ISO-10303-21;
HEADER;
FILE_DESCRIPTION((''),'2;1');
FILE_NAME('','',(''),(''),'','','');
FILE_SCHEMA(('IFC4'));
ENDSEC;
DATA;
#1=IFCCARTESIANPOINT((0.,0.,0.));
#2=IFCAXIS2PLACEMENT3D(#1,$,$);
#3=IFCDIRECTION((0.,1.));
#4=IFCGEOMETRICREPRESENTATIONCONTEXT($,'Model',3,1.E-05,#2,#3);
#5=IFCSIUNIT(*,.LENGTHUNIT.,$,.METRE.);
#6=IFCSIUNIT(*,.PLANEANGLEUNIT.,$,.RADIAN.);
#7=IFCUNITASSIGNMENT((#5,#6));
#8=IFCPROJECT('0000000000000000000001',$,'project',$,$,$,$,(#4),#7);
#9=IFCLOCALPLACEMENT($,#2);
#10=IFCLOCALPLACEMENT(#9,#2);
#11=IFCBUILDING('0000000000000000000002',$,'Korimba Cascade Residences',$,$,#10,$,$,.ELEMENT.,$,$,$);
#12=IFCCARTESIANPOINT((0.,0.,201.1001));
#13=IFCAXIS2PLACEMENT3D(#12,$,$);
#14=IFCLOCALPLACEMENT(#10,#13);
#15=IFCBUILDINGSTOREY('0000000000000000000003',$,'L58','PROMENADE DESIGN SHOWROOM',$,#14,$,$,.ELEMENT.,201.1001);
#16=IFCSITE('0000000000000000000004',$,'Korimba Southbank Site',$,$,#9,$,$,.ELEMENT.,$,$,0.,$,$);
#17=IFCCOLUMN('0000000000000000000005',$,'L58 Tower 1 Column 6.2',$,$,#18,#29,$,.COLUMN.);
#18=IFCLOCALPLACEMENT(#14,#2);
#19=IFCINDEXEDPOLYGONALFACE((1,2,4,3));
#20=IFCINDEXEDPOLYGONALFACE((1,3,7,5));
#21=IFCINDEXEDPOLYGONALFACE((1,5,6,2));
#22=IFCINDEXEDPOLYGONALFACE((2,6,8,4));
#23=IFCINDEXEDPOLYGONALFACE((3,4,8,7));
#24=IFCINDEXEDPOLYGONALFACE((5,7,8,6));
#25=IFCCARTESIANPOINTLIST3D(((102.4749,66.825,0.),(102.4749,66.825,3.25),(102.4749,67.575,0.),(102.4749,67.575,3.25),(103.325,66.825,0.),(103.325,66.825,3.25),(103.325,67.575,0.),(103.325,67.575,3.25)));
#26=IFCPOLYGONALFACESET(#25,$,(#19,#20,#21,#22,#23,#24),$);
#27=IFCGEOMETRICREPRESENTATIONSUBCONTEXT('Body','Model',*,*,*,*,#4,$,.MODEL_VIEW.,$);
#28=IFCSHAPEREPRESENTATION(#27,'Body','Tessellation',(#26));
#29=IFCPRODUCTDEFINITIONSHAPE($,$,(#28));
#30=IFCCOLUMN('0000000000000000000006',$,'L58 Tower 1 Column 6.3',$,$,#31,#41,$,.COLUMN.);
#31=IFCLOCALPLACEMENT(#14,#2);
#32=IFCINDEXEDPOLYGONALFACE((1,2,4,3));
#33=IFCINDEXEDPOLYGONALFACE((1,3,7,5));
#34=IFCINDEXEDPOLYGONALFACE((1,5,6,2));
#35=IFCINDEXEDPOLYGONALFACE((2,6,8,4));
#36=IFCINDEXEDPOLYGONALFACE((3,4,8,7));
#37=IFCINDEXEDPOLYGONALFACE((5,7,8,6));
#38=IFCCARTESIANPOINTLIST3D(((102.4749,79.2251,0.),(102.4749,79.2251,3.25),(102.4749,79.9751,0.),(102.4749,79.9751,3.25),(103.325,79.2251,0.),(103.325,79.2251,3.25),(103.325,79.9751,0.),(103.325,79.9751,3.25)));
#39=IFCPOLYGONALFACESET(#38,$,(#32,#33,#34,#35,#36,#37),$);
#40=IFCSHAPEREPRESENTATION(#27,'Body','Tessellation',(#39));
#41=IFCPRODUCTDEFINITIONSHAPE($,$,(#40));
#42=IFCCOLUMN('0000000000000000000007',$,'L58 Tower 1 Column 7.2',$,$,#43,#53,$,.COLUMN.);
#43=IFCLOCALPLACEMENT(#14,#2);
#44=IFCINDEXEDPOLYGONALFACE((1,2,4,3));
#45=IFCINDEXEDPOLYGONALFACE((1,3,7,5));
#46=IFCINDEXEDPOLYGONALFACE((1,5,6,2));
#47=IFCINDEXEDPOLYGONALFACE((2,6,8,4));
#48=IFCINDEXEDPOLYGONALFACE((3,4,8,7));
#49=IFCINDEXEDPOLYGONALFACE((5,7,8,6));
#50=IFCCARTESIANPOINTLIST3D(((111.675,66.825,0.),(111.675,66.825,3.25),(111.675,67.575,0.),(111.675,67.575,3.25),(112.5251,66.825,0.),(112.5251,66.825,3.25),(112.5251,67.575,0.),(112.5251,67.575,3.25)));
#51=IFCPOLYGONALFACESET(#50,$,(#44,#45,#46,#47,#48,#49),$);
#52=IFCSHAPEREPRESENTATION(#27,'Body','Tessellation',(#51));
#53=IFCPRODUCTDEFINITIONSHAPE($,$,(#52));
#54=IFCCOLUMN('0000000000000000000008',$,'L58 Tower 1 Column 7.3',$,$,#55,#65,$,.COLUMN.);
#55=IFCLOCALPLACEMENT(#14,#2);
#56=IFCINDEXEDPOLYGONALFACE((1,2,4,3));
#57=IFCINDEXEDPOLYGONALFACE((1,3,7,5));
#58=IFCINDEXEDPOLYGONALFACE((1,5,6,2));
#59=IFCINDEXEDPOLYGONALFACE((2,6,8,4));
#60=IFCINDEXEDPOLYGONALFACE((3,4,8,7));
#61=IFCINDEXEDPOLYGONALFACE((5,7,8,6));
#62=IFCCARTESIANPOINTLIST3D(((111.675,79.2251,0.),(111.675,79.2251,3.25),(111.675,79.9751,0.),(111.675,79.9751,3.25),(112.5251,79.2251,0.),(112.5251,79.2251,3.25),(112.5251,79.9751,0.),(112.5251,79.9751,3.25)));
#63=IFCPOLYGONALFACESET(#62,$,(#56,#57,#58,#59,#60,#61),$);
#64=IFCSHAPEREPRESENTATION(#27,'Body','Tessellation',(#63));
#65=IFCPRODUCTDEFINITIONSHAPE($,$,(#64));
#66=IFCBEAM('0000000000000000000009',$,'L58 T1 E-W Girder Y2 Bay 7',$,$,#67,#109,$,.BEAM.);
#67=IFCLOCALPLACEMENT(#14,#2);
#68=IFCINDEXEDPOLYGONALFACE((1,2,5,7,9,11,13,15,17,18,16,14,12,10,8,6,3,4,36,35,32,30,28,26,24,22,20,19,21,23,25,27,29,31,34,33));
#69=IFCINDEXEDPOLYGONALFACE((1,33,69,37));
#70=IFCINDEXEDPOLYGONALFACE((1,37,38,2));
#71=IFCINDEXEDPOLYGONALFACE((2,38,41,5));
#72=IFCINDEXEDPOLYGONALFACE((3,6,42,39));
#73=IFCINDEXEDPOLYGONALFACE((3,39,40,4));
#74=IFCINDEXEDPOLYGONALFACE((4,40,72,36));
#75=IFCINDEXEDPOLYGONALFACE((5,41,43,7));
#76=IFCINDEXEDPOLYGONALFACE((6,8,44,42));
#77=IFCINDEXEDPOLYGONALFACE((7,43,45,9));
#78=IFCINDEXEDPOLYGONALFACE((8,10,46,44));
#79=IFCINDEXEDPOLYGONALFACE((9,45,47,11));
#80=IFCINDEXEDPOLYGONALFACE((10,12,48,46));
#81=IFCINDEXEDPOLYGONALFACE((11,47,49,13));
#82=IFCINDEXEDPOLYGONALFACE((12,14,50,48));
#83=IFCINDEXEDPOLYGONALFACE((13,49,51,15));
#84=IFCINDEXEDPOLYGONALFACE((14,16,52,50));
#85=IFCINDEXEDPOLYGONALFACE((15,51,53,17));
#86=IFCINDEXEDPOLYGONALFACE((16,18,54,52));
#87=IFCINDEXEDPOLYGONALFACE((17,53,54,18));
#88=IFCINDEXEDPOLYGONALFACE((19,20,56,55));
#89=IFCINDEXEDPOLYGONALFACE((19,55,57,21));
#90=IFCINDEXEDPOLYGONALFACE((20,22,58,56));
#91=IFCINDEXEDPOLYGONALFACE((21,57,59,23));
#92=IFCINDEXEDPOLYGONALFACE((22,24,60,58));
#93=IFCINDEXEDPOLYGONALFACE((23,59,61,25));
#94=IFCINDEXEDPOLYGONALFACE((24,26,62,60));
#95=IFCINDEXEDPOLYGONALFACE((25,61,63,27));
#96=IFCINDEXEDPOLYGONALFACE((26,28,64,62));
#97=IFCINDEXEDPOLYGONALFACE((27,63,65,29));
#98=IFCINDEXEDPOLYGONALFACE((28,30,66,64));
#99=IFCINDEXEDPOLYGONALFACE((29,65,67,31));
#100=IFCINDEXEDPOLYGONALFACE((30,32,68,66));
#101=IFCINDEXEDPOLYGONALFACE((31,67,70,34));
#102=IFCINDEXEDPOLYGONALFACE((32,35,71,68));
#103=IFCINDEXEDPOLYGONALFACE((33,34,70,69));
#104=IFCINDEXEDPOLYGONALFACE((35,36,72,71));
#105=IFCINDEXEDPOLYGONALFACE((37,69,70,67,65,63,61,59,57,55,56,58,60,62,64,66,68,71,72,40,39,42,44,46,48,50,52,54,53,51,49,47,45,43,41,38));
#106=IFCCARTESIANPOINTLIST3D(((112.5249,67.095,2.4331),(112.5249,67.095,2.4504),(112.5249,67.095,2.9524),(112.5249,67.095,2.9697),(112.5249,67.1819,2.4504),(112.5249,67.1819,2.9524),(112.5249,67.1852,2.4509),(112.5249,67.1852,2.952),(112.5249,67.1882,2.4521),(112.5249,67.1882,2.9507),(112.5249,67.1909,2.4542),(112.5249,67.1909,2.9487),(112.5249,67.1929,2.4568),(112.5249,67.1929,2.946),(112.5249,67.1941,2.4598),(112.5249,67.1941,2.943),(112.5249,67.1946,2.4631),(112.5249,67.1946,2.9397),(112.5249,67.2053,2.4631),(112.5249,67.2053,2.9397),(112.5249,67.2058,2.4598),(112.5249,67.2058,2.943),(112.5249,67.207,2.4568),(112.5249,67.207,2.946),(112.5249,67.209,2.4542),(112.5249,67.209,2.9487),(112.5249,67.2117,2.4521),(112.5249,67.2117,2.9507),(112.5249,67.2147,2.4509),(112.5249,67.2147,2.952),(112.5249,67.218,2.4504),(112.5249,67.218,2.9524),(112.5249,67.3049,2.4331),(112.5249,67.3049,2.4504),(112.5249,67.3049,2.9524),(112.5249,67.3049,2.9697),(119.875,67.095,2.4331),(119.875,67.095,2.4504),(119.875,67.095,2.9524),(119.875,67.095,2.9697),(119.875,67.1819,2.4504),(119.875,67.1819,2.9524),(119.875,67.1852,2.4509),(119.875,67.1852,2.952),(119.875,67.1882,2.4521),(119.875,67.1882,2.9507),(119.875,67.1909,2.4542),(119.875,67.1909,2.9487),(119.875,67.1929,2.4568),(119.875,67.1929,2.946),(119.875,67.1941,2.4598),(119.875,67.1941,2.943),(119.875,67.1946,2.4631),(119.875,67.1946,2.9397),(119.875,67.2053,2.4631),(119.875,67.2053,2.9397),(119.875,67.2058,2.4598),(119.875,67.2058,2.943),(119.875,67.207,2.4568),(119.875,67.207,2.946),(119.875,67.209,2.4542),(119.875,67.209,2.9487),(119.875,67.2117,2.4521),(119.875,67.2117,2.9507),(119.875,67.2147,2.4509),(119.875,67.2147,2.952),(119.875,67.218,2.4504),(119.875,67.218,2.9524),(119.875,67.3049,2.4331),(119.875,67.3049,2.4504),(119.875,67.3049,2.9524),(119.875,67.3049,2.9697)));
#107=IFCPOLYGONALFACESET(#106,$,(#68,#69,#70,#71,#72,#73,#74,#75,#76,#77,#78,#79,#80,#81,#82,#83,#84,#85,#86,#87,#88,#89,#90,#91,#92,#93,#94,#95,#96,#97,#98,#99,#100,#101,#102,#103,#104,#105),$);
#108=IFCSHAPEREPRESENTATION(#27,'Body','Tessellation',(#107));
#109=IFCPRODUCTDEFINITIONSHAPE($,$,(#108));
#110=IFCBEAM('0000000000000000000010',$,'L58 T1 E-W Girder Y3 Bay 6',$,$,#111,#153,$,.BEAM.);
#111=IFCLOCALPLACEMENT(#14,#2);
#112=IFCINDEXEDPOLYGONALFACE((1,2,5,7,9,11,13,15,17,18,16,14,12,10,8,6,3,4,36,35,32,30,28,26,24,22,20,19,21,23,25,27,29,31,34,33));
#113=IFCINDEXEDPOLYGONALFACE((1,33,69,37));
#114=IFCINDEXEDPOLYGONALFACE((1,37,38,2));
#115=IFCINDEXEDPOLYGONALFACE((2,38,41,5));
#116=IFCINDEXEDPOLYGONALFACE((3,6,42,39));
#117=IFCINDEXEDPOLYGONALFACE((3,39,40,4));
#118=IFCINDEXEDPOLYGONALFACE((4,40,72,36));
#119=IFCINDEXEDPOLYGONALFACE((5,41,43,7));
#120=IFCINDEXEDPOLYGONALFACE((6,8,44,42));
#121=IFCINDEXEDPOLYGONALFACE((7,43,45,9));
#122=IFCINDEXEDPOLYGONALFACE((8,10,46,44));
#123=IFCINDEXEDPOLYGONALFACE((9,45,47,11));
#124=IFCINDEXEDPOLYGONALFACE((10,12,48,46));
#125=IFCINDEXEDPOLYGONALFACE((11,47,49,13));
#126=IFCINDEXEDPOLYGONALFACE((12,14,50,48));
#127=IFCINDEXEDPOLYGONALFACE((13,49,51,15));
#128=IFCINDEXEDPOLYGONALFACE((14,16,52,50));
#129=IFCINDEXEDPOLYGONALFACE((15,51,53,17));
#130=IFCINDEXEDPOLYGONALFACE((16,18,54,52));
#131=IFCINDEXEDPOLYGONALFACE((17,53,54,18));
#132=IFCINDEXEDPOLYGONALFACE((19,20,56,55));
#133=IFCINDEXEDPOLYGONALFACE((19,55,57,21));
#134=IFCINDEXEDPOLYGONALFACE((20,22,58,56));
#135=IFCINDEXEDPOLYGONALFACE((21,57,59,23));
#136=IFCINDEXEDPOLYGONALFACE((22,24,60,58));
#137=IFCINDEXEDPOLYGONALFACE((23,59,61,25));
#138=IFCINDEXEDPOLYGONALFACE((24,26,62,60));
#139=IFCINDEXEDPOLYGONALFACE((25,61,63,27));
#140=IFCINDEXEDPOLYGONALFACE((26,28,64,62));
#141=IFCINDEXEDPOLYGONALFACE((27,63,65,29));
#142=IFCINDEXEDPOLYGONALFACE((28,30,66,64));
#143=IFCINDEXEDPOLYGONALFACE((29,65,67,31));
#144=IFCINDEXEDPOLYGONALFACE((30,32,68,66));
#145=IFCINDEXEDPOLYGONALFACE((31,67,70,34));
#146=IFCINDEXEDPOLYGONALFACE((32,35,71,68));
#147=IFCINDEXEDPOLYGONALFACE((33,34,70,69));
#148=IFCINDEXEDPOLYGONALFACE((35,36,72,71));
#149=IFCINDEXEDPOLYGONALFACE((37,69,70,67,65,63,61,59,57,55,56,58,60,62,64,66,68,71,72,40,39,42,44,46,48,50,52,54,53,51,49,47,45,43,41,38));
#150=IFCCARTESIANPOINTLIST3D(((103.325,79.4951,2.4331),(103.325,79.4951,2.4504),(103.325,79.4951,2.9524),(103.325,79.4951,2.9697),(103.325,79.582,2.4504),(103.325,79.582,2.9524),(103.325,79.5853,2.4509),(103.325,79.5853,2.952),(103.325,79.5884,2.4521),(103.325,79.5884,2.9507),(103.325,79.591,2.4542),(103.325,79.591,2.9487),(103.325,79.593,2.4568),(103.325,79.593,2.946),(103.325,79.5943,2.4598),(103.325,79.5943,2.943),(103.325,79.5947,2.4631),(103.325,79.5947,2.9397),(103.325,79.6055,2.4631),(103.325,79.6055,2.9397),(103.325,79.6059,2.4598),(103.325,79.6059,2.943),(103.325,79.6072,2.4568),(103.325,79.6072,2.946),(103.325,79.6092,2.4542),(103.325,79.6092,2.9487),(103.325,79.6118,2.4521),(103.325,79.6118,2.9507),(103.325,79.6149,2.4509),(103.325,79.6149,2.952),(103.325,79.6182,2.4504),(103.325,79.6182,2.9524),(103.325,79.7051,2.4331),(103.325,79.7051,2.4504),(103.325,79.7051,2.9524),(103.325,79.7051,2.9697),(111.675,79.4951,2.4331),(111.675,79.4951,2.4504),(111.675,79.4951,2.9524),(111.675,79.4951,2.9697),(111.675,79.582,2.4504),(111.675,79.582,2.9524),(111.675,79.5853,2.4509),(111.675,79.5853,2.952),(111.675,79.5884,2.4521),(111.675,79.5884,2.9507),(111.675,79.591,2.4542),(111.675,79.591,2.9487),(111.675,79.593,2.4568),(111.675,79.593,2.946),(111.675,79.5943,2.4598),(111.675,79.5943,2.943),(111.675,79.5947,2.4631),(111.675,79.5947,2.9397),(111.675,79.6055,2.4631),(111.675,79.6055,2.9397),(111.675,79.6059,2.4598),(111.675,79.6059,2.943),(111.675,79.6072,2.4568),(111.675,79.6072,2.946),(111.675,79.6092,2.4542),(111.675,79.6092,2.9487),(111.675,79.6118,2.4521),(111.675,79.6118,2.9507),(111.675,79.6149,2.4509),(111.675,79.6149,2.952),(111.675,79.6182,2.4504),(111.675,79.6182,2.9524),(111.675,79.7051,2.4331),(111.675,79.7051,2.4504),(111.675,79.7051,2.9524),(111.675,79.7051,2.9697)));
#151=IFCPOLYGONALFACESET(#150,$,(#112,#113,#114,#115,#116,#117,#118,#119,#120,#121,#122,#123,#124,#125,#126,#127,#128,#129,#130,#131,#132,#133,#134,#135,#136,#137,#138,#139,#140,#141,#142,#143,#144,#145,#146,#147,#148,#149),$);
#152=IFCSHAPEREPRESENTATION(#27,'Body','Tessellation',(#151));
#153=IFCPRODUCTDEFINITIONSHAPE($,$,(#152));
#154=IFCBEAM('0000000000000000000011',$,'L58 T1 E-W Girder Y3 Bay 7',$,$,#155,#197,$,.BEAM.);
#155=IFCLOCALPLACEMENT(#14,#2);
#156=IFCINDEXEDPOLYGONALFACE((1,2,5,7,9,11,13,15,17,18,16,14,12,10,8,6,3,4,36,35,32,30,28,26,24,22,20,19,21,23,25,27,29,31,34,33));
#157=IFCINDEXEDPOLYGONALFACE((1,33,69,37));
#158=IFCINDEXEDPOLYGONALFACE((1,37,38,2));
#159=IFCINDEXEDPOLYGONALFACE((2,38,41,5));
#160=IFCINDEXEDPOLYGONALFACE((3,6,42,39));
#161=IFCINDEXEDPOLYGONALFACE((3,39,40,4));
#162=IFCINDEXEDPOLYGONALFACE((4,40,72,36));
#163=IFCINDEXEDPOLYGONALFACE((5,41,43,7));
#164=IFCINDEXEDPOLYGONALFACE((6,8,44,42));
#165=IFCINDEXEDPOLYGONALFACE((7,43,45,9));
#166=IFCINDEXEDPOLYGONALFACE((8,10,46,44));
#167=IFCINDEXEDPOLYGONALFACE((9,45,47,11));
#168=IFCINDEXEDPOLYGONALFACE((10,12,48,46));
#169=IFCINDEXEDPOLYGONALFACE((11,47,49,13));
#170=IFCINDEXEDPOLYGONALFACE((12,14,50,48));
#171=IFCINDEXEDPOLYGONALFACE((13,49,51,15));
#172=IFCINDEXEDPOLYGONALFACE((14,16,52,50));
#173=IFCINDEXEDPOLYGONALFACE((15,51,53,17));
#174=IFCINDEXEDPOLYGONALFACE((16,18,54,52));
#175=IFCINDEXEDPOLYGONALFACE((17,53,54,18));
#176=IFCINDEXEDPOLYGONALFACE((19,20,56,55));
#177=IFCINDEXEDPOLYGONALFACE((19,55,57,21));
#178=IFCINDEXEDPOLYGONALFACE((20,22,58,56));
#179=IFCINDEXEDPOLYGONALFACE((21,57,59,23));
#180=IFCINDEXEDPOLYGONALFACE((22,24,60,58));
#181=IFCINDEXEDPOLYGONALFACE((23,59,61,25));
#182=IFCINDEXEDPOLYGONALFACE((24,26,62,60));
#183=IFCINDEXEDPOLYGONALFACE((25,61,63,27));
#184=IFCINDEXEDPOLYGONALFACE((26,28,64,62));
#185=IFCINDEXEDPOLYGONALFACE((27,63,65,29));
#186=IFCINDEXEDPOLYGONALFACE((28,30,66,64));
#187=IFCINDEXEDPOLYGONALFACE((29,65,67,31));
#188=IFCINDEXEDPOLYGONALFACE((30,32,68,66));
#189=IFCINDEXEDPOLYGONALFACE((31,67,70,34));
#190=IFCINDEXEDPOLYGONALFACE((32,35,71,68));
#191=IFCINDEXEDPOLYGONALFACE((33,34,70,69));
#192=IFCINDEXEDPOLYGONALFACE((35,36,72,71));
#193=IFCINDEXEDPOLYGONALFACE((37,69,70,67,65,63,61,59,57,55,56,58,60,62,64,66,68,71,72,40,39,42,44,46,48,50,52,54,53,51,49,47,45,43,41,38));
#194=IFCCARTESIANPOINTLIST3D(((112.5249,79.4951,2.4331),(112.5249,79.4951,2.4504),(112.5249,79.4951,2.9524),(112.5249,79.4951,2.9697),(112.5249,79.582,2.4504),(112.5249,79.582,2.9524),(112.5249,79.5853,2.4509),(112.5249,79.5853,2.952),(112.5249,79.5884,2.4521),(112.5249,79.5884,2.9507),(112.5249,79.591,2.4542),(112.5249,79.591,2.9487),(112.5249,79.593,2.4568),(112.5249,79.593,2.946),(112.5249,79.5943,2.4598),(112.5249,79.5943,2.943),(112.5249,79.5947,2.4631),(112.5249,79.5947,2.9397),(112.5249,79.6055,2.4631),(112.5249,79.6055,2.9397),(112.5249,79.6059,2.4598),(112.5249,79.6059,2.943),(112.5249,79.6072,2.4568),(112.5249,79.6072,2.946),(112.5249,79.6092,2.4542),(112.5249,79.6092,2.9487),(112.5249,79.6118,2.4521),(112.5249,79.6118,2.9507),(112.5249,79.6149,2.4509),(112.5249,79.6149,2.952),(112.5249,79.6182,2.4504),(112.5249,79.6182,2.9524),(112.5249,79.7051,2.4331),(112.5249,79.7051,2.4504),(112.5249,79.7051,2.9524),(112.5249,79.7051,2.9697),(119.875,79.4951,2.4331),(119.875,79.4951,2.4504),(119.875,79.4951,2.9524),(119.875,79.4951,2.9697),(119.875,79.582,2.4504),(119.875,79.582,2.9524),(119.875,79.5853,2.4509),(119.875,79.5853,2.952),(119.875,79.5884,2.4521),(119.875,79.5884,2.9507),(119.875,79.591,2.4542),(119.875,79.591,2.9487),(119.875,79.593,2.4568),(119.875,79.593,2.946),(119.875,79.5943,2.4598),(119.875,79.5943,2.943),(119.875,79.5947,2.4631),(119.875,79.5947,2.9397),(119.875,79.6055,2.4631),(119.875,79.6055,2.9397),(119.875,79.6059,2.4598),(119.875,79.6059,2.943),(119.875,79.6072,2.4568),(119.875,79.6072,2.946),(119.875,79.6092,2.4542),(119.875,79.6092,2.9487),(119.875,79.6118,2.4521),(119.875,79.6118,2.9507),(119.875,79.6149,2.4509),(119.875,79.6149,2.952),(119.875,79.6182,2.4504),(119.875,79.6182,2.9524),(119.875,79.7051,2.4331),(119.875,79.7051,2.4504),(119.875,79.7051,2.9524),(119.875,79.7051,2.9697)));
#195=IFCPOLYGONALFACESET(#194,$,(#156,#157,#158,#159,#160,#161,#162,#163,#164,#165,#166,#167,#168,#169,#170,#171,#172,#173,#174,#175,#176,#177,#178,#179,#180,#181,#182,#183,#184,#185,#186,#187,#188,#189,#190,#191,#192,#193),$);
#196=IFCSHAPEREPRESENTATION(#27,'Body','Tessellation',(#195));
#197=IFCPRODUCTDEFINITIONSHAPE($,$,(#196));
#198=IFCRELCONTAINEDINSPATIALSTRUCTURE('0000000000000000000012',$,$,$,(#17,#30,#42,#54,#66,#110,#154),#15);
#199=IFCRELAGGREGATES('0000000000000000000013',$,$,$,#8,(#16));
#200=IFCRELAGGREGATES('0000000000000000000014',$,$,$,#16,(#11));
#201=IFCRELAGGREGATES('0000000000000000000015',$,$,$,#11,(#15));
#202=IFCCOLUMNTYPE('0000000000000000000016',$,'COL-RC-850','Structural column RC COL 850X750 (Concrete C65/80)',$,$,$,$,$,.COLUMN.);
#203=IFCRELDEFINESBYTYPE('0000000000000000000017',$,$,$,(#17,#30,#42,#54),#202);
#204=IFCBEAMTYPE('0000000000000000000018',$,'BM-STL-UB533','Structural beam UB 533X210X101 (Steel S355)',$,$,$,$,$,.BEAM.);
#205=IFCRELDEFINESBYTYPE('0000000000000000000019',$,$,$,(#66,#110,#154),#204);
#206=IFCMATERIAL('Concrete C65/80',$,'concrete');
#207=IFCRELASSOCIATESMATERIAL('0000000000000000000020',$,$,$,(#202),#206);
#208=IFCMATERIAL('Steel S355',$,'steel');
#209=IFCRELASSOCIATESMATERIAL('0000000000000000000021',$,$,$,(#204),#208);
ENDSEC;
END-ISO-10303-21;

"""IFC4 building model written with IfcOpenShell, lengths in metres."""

from ifc_helpers import new_model, si_unit, direction, frame, origin, origin_2d, place, context, subcontext, project, spatial, rectangle, i_section, extrude, material, material_profile, profile_set, type_object, element, save


model = new_model("IFC4")

# Units and contexts
model_context = context("Model", 3, precision=1e-05, world=origin(), true_north=direction((0.0, 1.0)))
body_context = subcontext(model_context, "Body", "Model", "MODEL_VIEW")
ifc_project = project(units=[si_unit("LENGTHUNIT", "METRE"), si_unit("PLANEANGLEUNIT", "RADIAN")], contexts=[model_context])

# Site, building, storey
site_placement = place(None, origin())
site = spatial("IfcSite", under=ifc_project, at=site_placement, Name="Korimba Southbank Site", CompositionType="ELEMENT", RefElevation=0.0)
building_placement = place(site_placement, origin())
building = spatial("IfcBuilding", under=site, at=building_placement, Name="Korimba Cascade Residences", CompositionType="ELEMENT")
storey_placement = place(building_placement, frame((0.0, 0.0, 201.1001)))
storey = spatial("IfcBuildingStorey", under=building, at=storey_placement, Name="L58", Description="PROMENADE DESIGN SHOWROOM", CompositionType="ELEMENT", Elevation=201.1001)

# Columns
ifc_material_1 = material(Name="Concrete C65/80", Category="concrete")
ifc_material_profile_1 = material_profile(ifc_material_1, rectangle(XDim=0.8501, YDim=0.75, at=origin_2d()), Name="Concrete C65/80")
ifc_profile_set_1 = profile_set([ifc_material_profile_1], Name="Concrete C65/80")
column_type = type_object("IfcColumnType", Name="COL-RC-850", Description="Structural column RC COL 850X750 (Concrete C65/80)", PredefinedType="COLUMN", material=ifc_profile_set_1)
for number, where, z_axis, x_axis, name in (
    (1, (102.8999, 67.2, 0.0), (0.0, 0.0, 1.0), (1.0, 0.0, 0.0), "L58 Tower 1 Column 6.2"),
    (2, (102.8999, 79.6001, 0.0), (0.0, 0.0, 1.0), (1.0, 0.0, 0.0), "L58 Tower 1 Column 6.3"),
    (3, (112.1001, 67.2, 0.0), (0.0, 0.0, 1.0), (1.0, 0.0, 0.0), "L58 Tower 1 Column 7.2"),
    (4, (112.1001, 79.6001, 0.0), (0.0, 0.0, 1.0), (1.0, 0.0, 0.0), "L58 Tower 1 Column 7.3"),
):
    element("IfcColumn", number, at=place(storey_placement, frame(where, z_axis=z_axis, x_axis=x_axis)), inside=storey, type_object=column_type, Name=name, PredefinedType="COLUMN", context=body_context, shape_type="SweptSolid", body=[
        extrude(rectangle(XDim=0.8501, YDim=0.75, at=origin_2d()), origin(), (0.0, 0.0, 1.0), 3.25),
    ])

# Beams
ifc_material_2 = material(Name="Steel S355", Category="steel")
ifc_material_profile_2 = material_profile(ifc_material_2, i_section(OverallWidth=0.21, OverallDepth=0.5366, WebThickness=0.0107, FlangeThickness=0.0173, FilletRadius=0.0127, at=origin_2d()), Name="Steel S355")
ifc_profile_set_2 = profile_set([ifc_material_profile_2], Name="Steel S355")
beam_type_1 = type_object("IfcBeamType", Name="BM-STL-UB533", Description="Structural beam UB 533X210X101 (Steel S355)", PredefinedType="BEAM", material=ifc_profile_set_2)
beam_1_placement = place(storey_placement, frame((112.5249, 67.2, 2.7014), z_axis=(1.0, 0.0, 0.0), x_axis=(0.0, 1.0, 0.0)))
element("IfcBeam", 5, at=beam_1_placement, inside=storey, type_object=beam_type_1, Name="L58 T1 E-W Girder Y2 Bay 7", PredefinedType="BEAM", context=body_context, shape_type="SweptSolid", body=[
    extrude(i_section(OverallWidth=0.21, OverallDepth=0.5366, WebThickness=0.0107, FlangeThickness=0.0173, FilletRadius=0.0127, at=origin_2d()), origin(), (0.0, 0.0, 1.0), 7.3501),
])
beam_2_placement = place(storey_placement, frame((103.325, 79.6001, 2.7014), z_axis=(1.0, 0.0, 0.0), x_axis=(0.0, 1.0, 0.0)))
element("IfcBeam", 6, at=beam_2_placement, inside=storey, type_object=beam_type_1, Name="L58 T1 E-W Girder Y3 Bay 6", PredefinedType="BEAM", context=body_context, shape_type="SweptSolid", body=[
    extrude(i_section(OverallWidth=0.21, OverallDepth=0.5366, WebThickness=0.0107, FlangeThickness=0.0173, FilletRadius=0.0127, at=origin_2d()), origin(), (0.0, 0.0, 1.0), 8.3501),
])
beam_3_placement = place(storey_placement, frame((112.5249, 79.6001, 2.7014), z_axis=(1.0, 0.0, 0.0), x_axis=(0.0, 1.0, 0.0)))
element("IfcBeam", 7, at=beam_3_placement, inside=storey, type_object=beam_type_1, Name="L58 T1 E-W Girder Y3 Bay 7", PredefinedType="BEAM", context=body_context, shape_type="SweptSolid", body=[
    extrude(i_section(OverallWidth=0.21, OverallDepth=0.5366, WebThickness=0.0107, FlangeThickness=0.0173, FilletRadius=0.0127, at=origin_2d()), origin(), (0.0, 0.0, 1.0), 7.3501),
])

save(model, "model.ifc")
